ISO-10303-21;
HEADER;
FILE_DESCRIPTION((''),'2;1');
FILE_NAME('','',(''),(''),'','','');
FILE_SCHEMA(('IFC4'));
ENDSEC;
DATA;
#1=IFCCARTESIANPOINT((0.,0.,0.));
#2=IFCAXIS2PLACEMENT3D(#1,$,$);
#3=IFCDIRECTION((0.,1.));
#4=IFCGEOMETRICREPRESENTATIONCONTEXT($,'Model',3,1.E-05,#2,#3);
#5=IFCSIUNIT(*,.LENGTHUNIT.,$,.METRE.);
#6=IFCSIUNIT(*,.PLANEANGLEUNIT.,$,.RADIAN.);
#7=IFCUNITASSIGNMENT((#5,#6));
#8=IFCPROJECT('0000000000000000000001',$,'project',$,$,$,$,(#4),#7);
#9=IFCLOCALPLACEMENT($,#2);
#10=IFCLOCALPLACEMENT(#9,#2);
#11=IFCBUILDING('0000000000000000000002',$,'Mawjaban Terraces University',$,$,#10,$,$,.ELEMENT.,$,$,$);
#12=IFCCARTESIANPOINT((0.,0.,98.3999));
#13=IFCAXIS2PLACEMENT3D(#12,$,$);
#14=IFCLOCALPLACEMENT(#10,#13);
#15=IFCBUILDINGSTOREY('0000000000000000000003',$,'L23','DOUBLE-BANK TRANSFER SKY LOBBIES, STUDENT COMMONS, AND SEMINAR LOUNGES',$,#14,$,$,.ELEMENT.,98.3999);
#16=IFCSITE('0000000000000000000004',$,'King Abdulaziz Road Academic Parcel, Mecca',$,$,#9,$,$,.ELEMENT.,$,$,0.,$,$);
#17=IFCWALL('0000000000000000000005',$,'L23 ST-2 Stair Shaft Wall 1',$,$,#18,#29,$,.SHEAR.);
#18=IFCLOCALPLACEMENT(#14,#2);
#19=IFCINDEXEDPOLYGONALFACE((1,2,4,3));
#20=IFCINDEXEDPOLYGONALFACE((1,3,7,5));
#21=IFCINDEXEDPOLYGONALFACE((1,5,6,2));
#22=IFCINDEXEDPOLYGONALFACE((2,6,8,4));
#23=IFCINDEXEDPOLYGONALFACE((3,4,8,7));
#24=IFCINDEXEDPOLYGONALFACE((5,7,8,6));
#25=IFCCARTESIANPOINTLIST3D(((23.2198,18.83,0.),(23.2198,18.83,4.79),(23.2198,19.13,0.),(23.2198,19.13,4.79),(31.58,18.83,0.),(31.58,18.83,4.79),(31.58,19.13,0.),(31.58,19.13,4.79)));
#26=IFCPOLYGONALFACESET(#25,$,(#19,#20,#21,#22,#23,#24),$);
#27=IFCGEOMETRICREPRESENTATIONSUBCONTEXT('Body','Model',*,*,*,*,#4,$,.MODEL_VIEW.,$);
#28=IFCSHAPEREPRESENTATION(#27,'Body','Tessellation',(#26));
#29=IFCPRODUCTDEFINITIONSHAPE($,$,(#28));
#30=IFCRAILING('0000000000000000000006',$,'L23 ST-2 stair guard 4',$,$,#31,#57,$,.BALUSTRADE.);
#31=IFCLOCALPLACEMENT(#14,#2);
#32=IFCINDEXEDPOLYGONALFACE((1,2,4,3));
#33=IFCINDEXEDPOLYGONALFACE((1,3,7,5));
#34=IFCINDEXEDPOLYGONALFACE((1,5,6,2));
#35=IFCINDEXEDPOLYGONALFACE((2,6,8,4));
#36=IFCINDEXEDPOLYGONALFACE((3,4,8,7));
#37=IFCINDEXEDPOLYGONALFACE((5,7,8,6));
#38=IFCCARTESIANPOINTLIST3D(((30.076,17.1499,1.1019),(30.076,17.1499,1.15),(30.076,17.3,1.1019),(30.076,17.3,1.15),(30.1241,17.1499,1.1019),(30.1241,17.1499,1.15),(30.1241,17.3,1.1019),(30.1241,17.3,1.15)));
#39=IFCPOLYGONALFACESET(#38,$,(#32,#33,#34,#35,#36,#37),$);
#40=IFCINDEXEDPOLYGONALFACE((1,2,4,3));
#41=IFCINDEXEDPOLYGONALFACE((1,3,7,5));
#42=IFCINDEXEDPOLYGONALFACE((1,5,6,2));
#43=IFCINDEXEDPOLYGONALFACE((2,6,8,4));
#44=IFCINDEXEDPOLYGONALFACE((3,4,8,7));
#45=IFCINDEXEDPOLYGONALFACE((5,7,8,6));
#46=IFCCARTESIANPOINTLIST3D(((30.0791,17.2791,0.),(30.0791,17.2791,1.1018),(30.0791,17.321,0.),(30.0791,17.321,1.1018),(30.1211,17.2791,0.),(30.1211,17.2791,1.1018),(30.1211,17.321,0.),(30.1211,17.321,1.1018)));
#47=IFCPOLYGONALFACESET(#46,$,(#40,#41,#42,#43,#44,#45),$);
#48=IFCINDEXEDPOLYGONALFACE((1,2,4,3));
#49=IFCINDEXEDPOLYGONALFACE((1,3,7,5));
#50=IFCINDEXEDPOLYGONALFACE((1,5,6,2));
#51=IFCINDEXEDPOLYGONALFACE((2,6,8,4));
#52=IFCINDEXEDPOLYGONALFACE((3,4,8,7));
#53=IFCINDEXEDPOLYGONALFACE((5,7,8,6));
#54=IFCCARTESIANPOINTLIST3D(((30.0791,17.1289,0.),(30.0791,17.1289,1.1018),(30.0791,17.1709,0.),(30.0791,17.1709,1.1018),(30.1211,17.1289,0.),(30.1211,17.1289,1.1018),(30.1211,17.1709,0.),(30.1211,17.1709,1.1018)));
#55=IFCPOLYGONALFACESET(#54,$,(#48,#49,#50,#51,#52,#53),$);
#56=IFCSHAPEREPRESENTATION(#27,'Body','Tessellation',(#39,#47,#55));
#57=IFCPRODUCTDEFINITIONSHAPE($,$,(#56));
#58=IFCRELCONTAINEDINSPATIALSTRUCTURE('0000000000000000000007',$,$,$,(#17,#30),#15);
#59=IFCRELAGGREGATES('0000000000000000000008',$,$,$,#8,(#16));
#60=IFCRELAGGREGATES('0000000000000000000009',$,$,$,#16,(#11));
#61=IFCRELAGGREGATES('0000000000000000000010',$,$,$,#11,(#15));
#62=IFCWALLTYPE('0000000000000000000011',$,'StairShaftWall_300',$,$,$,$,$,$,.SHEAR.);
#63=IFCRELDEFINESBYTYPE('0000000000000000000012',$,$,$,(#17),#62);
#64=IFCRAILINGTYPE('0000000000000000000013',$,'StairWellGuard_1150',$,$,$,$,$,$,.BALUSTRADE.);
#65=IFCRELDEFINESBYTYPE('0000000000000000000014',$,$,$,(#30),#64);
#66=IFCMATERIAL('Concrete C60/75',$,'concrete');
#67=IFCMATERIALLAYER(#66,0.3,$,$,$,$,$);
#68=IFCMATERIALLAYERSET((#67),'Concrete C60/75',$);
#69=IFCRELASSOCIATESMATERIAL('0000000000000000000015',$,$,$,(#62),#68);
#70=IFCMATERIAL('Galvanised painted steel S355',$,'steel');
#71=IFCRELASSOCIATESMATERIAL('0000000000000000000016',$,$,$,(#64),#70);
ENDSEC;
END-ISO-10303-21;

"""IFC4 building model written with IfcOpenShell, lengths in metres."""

from ifc_helpers import new_model, si_unit, direction, frame, frame_2d, origin, origin_2d, place, context, subcontext, project, spatial, rectangle, extrude, material, layer, layer_set, type_object, element, save


model = new_model("IFC4")

# Units and contexts
model_context = context("Model", 3, precision=1e-05, world=origin(), true_north=direction((0.0, 1.0)))
body_context = subcontext(model_context, "Body", "Model", "MODEL_VIEW")
ifc_project = project(units=[si_unit("LENGTHUNIT", "METRE"), si_unit("PLANEANGLEUNIT", "RADIAN")], contexts=[model_context])

# Site, building, storey
site_placement = place(None, origin())
site = spatial("IfcSite", under=ifc_project, at=site_placement, Name="King Abdulaziz Road Academic Parcel, Mecca", CompositionType="ELEMENT", RefElevation=0.0)
building_placement = place(site_placement, origin())
building = spatial("IfcBuilding", under=site, at=building_placement, Name="Mawjaban Terraces University", CompositionType="ELEMENT")
storey_placement = place(building_placement, frame((0.0, 0.0, 98.3999)))
storey = spatial("IfcBuildingStorey", under=building, at=storey_placement, Name="L23", Description="DOUBLE-BANK TRANSFER SKY LOBBIES, STUDENT COMMONS, AND SEMINAR LOUNGES", CompositionType="ELEMENT", Elevation=98.3999)

# Shared definitions
ifc_material_1 = material(Name="Concrete C60/75", Category="concrete")

# Wall
ifc_layer_1 = layer(ifc_material_1, 0.3)
ifc_layer_set_1 = layer_set([ifc_layer_1], Name="Concrete C60/75")
wall_type_1 = type_object("IfcWallType", Name="StairShaftWall_300", PredefinedType="SHEAR", material=ifc_layer_set_1)
wall_1_placement = place(storey_placement, frame((31.5801, 18.98, 0.0), z_axis=(0.0, 0.0, 1.0), x_axis=(-1.0, 0.0, 0.0)))
element("IfcWall", 1, at=wall_1_placement, inside=storey, type_object=wall_type_1, Name="L23 ST-2 Stair Shaft Wall 1", PredefinedType="SHEAR", context=body_context, shape_type="SweptSolid", body=[
    extrude(rectangle(XDim=8.3601, YDim=0.3, at=frame_2d((4.1802, 0.0))), origin(), (0.0, 0.0, 1.0), 4.79),
])

# Railing
ifc_material_2 = material(Name="Galvanised painted steel S355", Category="steel")
railing_type = type_object("IfcRailingType", Name="StairWellGuard_1150", PredefinedType="BALUSTRADE", material=ifc_material_2)
railing_placement = place(storey_placement, frame((30.1001, 17.3, 0.0)))
element("IfcRailing", 2, at=railing_placement, inside=storey, type_object=railing_type, Name="L23 ST-2 stair guard 4", PredefinedType="BALUSTRADE", context=body_context, shape_type="SweptSolid", body=[
    extrude(rectangle(XDim=0.0481, YDim=0.0481, at=origin_2d()), frame((0.0, 0.0, 1.126), z_axis=(0.0, -1.0, 0.0), x_axis=(1.0, 0.0, 0.0)), (0.0, 0.0, 1.0), 0.1501),
    extrude(rectangle(XDim=0.042, YDim=0.042, at=origin_2d()), origin(), (0.0, 0.0, 1.0), 1.1018),
    extrude(rectangle(XDim=0.042, YDim=0.042, at=origin_2d()), frame((0.0, -0.1501, 0.0)), (0.0, 0.0, 1.0), 1.1018),
])

save(model, "model.ifc")
